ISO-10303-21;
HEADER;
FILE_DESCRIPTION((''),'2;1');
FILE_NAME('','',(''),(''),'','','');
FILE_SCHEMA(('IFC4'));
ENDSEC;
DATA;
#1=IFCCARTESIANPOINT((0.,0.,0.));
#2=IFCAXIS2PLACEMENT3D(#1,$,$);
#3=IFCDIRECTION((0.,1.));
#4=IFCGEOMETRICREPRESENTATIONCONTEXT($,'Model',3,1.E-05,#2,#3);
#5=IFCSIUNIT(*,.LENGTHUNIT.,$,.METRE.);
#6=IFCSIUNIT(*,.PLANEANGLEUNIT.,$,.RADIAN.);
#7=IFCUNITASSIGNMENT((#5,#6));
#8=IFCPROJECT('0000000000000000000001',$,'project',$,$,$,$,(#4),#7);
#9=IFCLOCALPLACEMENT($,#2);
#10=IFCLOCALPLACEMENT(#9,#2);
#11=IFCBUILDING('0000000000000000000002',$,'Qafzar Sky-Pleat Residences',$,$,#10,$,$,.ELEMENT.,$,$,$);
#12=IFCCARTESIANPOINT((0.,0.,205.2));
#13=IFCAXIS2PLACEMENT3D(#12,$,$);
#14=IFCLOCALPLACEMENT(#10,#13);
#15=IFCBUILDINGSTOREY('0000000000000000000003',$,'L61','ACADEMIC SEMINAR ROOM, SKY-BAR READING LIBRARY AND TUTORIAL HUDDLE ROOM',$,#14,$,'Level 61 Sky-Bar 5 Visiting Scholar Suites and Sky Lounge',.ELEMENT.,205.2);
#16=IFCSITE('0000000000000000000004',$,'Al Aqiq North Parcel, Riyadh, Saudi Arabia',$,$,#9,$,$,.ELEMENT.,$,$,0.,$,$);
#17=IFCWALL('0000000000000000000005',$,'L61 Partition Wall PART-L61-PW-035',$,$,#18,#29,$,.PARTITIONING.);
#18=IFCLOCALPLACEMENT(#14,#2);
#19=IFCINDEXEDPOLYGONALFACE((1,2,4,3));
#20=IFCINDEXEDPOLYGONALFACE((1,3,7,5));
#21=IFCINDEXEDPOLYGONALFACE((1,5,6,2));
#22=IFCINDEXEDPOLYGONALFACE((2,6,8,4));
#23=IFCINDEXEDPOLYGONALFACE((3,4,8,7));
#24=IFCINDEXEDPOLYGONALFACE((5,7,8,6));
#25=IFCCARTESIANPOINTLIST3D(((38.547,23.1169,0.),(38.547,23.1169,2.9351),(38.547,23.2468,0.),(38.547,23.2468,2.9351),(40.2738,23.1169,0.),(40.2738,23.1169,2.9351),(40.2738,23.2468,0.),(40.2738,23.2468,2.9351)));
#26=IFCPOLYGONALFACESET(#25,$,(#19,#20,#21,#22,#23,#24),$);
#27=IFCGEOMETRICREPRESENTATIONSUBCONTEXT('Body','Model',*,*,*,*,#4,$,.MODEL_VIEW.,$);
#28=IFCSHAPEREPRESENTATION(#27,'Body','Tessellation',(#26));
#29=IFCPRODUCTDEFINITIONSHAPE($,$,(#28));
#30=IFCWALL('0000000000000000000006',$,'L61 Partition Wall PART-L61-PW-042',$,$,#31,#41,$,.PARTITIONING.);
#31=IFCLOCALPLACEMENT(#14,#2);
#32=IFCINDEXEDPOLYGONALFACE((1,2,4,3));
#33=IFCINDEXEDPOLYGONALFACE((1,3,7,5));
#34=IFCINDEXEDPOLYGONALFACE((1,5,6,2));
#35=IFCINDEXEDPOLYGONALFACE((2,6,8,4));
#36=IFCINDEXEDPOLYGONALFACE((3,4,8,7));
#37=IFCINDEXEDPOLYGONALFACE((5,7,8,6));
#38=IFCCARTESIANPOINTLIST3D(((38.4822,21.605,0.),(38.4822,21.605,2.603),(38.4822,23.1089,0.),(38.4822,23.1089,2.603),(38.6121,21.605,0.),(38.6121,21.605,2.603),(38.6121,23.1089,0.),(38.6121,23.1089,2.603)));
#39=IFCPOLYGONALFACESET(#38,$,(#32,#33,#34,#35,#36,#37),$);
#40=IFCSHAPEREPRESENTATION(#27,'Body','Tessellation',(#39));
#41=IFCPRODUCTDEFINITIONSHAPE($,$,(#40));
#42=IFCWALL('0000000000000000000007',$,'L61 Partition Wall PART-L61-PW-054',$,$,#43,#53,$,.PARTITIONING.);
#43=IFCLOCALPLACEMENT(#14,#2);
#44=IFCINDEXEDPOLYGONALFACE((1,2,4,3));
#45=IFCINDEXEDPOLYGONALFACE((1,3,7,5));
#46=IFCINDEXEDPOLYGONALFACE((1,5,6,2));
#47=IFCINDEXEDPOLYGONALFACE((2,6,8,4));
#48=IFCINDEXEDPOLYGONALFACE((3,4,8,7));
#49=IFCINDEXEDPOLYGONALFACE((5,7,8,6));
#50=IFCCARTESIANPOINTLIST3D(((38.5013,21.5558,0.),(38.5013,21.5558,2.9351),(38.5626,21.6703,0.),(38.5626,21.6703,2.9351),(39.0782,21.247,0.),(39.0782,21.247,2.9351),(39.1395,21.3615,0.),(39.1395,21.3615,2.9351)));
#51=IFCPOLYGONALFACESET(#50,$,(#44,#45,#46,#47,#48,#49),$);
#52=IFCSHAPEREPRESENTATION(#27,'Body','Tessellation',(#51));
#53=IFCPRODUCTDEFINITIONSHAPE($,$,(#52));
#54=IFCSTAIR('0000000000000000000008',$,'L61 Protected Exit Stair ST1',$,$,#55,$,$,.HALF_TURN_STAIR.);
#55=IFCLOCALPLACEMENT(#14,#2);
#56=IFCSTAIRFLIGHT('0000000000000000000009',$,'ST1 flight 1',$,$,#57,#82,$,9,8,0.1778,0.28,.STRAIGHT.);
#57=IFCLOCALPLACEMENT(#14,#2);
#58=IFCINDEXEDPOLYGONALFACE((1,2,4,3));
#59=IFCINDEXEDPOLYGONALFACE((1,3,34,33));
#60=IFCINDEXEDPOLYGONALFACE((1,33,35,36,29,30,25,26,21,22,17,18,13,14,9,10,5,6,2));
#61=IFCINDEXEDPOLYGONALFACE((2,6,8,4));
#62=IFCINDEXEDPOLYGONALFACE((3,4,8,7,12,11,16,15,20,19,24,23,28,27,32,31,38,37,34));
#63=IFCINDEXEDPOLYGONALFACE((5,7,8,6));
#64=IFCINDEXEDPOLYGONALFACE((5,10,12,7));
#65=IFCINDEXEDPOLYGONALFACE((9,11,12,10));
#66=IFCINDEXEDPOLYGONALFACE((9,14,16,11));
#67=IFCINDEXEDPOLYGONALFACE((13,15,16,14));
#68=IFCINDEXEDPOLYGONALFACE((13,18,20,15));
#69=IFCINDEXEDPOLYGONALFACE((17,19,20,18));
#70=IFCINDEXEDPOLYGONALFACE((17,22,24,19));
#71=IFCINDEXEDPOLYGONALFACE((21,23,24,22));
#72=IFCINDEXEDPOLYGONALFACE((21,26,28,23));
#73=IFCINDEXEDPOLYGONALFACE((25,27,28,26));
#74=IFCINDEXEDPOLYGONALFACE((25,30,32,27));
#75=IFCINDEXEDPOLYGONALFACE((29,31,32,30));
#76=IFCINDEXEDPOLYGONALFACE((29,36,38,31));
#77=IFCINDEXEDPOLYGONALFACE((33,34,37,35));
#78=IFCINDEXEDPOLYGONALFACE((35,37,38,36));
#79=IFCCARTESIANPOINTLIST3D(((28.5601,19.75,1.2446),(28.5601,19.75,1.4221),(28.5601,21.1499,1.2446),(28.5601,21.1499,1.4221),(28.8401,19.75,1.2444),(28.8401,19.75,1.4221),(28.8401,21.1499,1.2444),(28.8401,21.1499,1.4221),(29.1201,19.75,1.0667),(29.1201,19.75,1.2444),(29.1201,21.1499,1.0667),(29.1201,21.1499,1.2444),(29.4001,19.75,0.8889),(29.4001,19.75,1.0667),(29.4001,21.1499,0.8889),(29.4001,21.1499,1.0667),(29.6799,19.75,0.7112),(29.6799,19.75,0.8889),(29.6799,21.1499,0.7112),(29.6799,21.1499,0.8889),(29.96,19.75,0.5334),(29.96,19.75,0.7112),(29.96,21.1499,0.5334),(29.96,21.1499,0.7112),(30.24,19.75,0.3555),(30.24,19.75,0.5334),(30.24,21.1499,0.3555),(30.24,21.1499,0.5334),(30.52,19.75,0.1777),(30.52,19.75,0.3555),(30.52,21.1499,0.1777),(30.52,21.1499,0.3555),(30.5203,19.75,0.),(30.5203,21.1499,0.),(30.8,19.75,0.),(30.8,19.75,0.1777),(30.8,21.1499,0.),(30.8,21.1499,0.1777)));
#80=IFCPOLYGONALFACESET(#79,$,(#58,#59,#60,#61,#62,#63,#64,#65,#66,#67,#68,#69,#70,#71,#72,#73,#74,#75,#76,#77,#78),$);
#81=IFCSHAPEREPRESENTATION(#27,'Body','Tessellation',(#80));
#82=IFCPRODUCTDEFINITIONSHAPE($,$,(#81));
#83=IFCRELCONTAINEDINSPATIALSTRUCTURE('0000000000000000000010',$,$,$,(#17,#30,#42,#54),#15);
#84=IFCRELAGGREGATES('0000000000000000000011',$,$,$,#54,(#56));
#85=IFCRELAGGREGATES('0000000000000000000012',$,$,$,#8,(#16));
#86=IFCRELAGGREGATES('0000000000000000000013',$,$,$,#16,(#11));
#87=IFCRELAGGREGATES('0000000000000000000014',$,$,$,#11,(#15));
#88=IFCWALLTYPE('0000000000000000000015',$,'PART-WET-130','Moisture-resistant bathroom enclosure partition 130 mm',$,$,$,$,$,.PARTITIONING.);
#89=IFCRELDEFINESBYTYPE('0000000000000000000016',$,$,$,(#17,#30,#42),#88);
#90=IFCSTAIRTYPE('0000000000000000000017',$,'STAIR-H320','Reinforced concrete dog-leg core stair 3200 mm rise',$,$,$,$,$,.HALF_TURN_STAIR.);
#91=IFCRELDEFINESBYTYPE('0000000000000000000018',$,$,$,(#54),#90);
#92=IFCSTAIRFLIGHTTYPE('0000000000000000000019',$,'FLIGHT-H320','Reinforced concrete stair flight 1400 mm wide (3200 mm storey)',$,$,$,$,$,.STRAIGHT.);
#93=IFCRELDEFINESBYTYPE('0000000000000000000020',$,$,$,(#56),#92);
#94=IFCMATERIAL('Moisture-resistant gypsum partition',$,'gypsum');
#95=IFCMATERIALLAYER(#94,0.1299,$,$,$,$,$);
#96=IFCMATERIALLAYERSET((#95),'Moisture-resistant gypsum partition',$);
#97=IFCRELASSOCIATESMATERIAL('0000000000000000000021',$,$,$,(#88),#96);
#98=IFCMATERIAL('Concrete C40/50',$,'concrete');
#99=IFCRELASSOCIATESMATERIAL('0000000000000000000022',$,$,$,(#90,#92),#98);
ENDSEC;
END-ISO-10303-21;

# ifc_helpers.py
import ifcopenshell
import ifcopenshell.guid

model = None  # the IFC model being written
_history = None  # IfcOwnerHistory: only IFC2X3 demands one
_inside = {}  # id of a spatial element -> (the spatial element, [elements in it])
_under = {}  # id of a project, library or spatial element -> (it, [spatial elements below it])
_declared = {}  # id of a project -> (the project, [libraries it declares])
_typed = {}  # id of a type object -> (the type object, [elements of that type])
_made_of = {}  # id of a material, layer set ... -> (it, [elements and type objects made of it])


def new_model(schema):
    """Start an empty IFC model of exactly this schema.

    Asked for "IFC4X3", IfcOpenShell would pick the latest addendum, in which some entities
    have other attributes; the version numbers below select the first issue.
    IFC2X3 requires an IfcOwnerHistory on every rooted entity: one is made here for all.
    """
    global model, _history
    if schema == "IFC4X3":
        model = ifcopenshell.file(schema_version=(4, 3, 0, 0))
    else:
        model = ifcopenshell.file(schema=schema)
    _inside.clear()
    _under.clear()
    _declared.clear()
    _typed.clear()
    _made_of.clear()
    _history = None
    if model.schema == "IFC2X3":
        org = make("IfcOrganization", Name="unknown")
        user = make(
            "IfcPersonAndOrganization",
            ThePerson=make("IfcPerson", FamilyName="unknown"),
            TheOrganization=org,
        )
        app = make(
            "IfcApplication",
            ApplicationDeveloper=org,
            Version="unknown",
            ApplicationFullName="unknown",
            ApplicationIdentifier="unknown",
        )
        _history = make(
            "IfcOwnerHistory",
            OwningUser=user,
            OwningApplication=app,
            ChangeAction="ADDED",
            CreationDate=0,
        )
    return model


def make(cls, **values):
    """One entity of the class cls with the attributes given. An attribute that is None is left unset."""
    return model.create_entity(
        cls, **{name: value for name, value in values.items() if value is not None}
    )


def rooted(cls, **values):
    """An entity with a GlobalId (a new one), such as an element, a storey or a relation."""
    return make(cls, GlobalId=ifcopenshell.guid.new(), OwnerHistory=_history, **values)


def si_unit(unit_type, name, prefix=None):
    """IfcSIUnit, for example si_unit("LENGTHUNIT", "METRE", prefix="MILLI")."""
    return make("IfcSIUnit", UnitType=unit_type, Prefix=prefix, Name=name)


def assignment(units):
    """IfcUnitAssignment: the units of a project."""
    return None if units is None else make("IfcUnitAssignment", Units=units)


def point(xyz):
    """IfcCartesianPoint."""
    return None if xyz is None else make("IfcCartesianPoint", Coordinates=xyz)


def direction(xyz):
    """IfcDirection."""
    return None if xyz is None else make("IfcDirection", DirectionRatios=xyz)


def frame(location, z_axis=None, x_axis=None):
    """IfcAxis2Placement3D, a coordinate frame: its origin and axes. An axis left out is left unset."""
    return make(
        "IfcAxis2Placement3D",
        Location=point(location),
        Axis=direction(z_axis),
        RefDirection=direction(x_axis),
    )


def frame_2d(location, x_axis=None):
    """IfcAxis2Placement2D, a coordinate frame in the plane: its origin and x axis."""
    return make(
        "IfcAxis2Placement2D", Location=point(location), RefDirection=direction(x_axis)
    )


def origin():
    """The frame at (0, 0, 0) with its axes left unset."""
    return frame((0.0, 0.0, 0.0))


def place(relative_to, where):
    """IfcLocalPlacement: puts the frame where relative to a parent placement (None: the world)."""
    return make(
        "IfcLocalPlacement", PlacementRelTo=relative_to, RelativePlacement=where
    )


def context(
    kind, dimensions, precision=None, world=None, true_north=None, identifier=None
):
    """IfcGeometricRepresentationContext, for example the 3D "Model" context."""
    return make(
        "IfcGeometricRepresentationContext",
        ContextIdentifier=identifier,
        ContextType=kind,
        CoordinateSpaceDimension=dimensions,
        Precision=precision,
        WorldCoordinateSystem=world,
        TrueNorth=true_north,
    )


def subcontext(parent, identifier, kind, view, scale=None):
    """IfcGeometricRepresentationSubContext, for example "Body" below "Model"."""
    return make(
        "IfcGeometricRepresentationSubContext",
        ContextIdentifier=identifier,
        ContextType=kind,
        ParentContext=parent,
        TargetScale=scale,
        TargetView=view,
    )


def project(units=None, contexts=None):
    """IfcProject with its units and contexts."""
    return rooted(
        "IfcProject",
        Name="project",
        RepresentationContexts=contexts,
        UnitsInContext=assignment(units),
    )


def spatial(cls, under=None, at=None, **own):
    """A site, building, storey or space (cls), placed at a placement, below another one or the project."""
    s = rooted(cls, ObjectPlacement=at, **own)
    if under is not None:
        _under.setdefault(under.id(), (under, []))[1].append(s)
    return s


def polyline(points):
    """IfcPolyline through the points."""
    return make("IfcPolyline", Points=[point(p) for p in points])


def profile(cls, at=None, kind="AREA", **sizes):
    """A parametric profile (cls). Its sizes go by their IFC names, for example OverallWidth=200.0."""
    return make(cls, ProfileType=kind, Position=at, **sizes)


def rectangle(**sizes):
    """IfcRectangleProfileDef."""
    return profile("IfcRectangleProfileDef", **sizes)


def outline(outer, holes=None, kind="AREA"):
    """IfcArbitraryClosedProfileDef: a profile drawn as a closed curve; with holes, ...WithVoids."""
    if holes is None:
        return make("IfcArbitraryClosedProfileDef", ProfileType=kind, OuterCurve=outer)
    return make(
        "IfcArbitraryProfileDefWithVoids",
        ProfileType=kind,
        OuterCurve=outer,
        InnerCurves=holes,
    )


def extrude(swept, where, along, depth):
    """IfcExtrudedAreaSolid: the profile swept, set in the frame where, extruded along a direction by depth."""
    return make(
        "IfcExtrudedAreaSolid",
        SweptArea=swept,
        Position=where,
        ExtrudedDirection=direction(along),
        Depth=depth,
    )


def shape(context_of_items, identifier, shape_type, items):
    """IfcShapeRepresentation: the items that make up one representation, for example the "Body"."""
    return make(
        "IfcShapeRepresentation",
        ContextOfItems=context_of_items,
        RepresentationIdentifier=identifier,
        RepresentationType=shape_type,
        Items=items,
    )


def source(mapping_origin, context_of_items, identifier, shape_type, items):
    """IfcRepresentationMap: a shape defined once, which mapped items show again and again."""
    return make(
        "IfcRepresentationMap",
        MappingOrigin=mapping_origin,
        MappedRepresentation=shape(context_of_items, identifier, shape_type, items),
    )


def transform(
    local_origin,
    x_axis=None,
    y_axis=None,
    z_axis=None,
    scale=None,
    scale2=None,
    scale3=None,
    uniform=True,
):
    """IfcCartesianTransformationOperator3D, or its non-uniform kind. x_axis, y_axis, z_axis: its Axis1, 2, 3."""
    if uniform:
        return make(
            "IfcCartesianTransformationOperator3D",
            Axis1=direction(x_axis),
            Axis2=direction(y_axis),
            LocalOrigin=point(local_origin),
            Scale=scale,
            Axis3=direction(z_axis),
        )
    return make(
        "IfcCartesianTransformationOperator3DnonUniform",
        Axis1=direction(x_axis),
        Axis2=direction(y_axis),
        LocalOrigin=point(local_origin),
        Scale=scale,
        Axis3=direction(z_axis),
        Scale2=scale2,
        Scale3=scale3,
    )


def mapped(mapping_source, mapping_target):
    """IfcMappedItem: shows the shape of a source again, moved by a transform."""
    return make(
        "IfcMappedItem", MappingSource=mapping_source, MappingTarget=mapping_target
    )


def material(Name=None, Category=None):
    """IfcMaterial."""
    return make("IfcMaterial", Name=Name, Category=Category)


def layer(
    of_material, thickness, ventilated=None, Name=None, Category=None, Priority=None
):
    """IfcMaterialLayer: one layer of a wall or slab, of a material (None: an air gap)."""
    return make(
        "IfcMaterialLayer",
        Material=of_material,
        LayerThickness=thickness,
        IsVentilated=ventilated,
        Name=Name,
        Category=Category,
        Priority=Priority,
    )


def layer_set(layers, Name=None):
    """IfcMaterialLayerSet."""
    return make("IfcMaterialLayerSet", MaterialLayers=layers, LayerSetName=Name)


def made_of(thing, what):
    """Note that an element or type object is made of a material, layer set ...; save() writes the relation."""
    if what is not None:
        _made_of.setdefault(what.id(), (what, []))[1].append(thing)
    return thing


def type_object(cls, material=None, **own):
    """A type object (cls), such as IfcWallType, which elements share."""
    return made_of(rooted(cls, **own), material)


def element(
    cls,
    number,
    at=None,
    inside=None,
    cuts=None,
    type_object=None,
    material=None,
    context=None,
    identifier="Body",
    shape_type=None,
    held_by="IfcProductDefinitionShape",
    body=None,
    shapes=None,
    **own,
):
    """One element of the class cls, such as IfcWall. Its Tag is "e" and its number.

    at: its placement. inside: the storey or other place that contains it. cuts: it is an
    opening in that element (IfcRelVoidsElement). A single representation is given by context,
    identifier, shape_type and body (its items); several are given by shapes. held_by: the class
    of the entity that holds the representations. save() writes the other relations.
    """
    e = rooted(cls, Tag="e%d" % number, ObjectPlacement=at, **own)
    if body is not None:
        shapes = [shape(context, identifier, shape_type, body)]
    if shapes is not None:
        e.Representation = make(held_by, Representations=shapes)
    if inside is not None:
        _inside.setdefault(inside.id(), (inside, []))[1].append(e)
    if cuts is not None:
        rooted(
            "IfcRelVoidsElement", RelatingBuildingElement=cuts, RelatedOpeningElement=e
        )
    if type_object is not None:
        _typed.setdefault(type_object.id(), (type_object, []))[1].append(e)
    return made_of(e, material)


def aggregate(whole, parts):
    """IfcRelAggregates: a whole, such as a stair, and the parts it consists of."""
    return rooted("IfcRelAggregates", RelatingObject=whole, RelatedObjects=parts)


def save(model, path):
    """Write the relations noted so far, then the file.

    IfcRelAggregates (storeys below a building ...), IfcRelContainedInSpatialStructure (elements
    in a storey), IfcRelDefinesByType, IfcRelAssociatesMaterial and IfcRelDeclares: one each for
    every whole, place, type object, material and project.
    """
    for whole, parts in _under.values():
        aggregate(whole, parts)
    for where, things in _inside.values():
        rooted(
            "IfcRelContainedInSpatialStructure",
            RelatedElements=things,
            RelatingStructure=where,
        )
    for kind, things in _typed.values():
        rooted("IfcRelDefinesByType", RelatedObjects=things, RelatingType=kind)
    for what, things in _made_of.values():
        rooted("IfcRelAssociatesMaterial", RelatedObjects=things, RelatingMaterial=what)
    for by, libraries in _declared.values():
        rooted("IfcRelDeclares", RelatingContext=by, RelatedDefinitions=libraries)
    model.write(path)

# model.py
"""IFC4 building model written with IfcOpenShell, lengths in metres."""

from ifc_helpers import new_model, si_unit, direction, frame, frame_2d, origin, place, context, subcontext, project, spatial, polyline, rectangle, outline, extrude, source, transform, mapped, material, layer, layer_set, type_object, element, aggregate, save


model = new_model("IFC4")

# Units and contexts
model_context = context("Model", 3, precision=1e-05, world=origin(), true_north=direction((0.0, 1.0)))
body_context = subcontext(model_context, "Body", "Model", "MODEL_VIEW")
ifc_project = project(units=[si_unit("LENGTHUNIT", "METRE"), si_unit("PLANEANGLEUNIT", "RADIAN")], contexts=[model_context])

# Site, building, storey
site_placement = place(None, origin())
site = spatial("IfcSite", under=ifc_project, at=site_placement, Name="Al Aqiq North Parcel, Riyadh, Saudi Arabia", CompositionType="ELEMENT", RefElevation=0.0)
building_placement = place(site_placement, origin())
building = spatial("IfcBuilding", under=site, at=building_placement, Name="Qafzar Sky-Pleat Residences", CompositionType="ELEMENT")
storey_placement = place(building_placement, frame((0.0, 0.0, 205.2)))
storey = spatial("IfcBuildingStorey", under=building, at=storey_placement, Name="L61", Description="ACADEMIC SEMINAR ROOM, SKY-BAR READING LIBRARY AND TUTORIAL HUDDLE ROOM", LongName="Level 61 Sky-Bar 5 Visiting Scholar Suites and Sky Lounge", CompositionType="ELEMENT", Elevation=205.2)

# Walls
ifc_material_1 = material(Name="Moisture-resistant gypsum partition", Category="gypsum")
ifc_layer_1 = layer(ifc_material_1, 0.1299)
ifc_layer_set_1 = layer_set([ifc_layer_1], Name="Moisture-resistant gypsum partition")
wall_type_1 = type_object("IfcWallType", Name="PART-WET-130", Description="Moisture-resistant bathroom enclosure partition 130 mm", PredefinedType="PARTITIONING", material=ifc_layer_set_1)
wall_1_placement = place(storey_placement, frame((38.5471, 23.1819, 0.0), z_axis=(0.0, 0.0, 1.0), x_axis=(1.0, 0.0, 0.0)))
element("IfcWall", 1, at=wall_1_placement, inside=storey, type_object=wall_type_1, Name="L61 Partition Wall PART-L61-PW-035", PredefinedType="PARTITIONING", context=body_context, shape_type="SweptSolid", body=[
    extrude(rectangle(XDim=1.7268, YDim=0.1299, at=frame_2d((0.8633, 0.0))), origin(), (0.0, 0.0, 1.0), 2.9351),
])
wall_2_placement = place(storey_placement, frame((38.5471, 21.605, 0.0), z_axis=(0.0, 0.0, 1.0), x_axis=(0.0, 1.0, 0.0)))
element("IfcWall", 2, at=wall_2_placement, inside=storey, type_object=wall_type_1, Name="L61 Partition Wall PART-L61-PW-042", PredefinedType="PARTITIONING", context=body_context, shape_type="SweptSolid", body=[
    extrude(rectangle(XDim=1.5039, YDim=0.1299, at=frame_2d((0.752, 0.0))), origin(), (0.0, 0.0, 1.0), 2.603),
])
wall_3_placement = place(storey_placement, frame((38.532, 21.613, 0.0), z_axis=(0.0, 0.0, 1.0), x_axis=(0.881619, -0.471963, 0.0)))
element("IfcWall", 3, at=wall_3_placement, inside=storey, type_object=wall_type_1, Name="L61 Partition Wall PART-L61-PW-054", PredefinedType="PARTITIONING", context=body_context, shape_type="SweptSolid", body=[
    extrude(rectangle(XDim=0.6543, YDim=0.1299, at=frame_2d((0.3271, 0.0))), origin(), (0.0, 0.0, 1.0), 2.9351),
])

# Stair, stair flight
ifc_material_2 = material(Name="Concrete C40/50", Category="concrete")
stair_type = type_object("IfcStairType", Name="STAIR-H320", Description="Reinforced concrete dog-leg core stair 3200 mm rise", PredefinedType="HALF_TURN_STAIR", material=ifc_material_2)
stair_placement = place(storey_placement, origin())
stair = element("IfcStair", 4, at=stair_placement, inside=storey, type_object=stair_type, Name="L61 Protected Exit Stair ST1", PredefinedType="HALF_TURN_STAIR")
stair_flight_type = type_object("IfcStairFlightType", Name="FLIGHT-H320", Description="Reinforced concrete stair flight 1400 mm wide (3200 mm storey)", PredefinedType="STRAIGHT", material=ifc_material_2)
shared_shape_1 = source(origin(), body_context, "Body", "SweptSolid", [
    extrude(outline(polyline([(0.0, 0.0), (0.0, 0.1777), (0.28, 0.1777), (0.28, 0.3555), (0.5601, 0.3555), (0.5601, 0.5334), (0.8401, 0.5334), (0.8401, 0.7112), (1.1201, 0.7112), (1.1201, 0.8889), (1.3999, 0.8889), (1.3999, 1.0667), (1.6799, 1.0667), (1.6799, 1.2444), (1.96, 1.2444), (1.96, 1.4221), (2.24, 1.4221), (2.24, 1.6001), (2.24, 1.2446), (0.2798, 0.0), (0.0, 0.0)])), frame((0.0, 0.7, 0.0), z_axis=(0.0, -1.0, 0.0), x_axis=(1.0, 0.0, 0.0)), (0.0, 0.0, 1.0), 1.3999),
])
stair_flight_placement = place(storey_placement, frame((30.8, 20.45, 0.0), z_axis=(0.0, 0.0, 1.0), x_axis=(-1.0, 0.0, 0.0)))
stair_flight = element("IfcStairFlight", 5, at=stair_flight_placement, type_object=stair_flight_type, Name="ST1 flight 1", NumberOfRisers=9, NumberOfTreads=8, PredefinedType="STRAIGHT", RiserHeight=0.1778, TreadLength=0.28, context=body_context, shape_type="MappedRepresentation", body=[
    mapped(shared_shape_1, transform((0.0, 0.0, 0.0), x_axis=(1.0, 0.0, 0.0), y_axis=(0.0, 1.0, 0.0), z_axis=(0.0, 0.0, 1.0), scale=1.0)),
])
aggregate(stair, [stair_flight])

save(model, "model.ifc")
